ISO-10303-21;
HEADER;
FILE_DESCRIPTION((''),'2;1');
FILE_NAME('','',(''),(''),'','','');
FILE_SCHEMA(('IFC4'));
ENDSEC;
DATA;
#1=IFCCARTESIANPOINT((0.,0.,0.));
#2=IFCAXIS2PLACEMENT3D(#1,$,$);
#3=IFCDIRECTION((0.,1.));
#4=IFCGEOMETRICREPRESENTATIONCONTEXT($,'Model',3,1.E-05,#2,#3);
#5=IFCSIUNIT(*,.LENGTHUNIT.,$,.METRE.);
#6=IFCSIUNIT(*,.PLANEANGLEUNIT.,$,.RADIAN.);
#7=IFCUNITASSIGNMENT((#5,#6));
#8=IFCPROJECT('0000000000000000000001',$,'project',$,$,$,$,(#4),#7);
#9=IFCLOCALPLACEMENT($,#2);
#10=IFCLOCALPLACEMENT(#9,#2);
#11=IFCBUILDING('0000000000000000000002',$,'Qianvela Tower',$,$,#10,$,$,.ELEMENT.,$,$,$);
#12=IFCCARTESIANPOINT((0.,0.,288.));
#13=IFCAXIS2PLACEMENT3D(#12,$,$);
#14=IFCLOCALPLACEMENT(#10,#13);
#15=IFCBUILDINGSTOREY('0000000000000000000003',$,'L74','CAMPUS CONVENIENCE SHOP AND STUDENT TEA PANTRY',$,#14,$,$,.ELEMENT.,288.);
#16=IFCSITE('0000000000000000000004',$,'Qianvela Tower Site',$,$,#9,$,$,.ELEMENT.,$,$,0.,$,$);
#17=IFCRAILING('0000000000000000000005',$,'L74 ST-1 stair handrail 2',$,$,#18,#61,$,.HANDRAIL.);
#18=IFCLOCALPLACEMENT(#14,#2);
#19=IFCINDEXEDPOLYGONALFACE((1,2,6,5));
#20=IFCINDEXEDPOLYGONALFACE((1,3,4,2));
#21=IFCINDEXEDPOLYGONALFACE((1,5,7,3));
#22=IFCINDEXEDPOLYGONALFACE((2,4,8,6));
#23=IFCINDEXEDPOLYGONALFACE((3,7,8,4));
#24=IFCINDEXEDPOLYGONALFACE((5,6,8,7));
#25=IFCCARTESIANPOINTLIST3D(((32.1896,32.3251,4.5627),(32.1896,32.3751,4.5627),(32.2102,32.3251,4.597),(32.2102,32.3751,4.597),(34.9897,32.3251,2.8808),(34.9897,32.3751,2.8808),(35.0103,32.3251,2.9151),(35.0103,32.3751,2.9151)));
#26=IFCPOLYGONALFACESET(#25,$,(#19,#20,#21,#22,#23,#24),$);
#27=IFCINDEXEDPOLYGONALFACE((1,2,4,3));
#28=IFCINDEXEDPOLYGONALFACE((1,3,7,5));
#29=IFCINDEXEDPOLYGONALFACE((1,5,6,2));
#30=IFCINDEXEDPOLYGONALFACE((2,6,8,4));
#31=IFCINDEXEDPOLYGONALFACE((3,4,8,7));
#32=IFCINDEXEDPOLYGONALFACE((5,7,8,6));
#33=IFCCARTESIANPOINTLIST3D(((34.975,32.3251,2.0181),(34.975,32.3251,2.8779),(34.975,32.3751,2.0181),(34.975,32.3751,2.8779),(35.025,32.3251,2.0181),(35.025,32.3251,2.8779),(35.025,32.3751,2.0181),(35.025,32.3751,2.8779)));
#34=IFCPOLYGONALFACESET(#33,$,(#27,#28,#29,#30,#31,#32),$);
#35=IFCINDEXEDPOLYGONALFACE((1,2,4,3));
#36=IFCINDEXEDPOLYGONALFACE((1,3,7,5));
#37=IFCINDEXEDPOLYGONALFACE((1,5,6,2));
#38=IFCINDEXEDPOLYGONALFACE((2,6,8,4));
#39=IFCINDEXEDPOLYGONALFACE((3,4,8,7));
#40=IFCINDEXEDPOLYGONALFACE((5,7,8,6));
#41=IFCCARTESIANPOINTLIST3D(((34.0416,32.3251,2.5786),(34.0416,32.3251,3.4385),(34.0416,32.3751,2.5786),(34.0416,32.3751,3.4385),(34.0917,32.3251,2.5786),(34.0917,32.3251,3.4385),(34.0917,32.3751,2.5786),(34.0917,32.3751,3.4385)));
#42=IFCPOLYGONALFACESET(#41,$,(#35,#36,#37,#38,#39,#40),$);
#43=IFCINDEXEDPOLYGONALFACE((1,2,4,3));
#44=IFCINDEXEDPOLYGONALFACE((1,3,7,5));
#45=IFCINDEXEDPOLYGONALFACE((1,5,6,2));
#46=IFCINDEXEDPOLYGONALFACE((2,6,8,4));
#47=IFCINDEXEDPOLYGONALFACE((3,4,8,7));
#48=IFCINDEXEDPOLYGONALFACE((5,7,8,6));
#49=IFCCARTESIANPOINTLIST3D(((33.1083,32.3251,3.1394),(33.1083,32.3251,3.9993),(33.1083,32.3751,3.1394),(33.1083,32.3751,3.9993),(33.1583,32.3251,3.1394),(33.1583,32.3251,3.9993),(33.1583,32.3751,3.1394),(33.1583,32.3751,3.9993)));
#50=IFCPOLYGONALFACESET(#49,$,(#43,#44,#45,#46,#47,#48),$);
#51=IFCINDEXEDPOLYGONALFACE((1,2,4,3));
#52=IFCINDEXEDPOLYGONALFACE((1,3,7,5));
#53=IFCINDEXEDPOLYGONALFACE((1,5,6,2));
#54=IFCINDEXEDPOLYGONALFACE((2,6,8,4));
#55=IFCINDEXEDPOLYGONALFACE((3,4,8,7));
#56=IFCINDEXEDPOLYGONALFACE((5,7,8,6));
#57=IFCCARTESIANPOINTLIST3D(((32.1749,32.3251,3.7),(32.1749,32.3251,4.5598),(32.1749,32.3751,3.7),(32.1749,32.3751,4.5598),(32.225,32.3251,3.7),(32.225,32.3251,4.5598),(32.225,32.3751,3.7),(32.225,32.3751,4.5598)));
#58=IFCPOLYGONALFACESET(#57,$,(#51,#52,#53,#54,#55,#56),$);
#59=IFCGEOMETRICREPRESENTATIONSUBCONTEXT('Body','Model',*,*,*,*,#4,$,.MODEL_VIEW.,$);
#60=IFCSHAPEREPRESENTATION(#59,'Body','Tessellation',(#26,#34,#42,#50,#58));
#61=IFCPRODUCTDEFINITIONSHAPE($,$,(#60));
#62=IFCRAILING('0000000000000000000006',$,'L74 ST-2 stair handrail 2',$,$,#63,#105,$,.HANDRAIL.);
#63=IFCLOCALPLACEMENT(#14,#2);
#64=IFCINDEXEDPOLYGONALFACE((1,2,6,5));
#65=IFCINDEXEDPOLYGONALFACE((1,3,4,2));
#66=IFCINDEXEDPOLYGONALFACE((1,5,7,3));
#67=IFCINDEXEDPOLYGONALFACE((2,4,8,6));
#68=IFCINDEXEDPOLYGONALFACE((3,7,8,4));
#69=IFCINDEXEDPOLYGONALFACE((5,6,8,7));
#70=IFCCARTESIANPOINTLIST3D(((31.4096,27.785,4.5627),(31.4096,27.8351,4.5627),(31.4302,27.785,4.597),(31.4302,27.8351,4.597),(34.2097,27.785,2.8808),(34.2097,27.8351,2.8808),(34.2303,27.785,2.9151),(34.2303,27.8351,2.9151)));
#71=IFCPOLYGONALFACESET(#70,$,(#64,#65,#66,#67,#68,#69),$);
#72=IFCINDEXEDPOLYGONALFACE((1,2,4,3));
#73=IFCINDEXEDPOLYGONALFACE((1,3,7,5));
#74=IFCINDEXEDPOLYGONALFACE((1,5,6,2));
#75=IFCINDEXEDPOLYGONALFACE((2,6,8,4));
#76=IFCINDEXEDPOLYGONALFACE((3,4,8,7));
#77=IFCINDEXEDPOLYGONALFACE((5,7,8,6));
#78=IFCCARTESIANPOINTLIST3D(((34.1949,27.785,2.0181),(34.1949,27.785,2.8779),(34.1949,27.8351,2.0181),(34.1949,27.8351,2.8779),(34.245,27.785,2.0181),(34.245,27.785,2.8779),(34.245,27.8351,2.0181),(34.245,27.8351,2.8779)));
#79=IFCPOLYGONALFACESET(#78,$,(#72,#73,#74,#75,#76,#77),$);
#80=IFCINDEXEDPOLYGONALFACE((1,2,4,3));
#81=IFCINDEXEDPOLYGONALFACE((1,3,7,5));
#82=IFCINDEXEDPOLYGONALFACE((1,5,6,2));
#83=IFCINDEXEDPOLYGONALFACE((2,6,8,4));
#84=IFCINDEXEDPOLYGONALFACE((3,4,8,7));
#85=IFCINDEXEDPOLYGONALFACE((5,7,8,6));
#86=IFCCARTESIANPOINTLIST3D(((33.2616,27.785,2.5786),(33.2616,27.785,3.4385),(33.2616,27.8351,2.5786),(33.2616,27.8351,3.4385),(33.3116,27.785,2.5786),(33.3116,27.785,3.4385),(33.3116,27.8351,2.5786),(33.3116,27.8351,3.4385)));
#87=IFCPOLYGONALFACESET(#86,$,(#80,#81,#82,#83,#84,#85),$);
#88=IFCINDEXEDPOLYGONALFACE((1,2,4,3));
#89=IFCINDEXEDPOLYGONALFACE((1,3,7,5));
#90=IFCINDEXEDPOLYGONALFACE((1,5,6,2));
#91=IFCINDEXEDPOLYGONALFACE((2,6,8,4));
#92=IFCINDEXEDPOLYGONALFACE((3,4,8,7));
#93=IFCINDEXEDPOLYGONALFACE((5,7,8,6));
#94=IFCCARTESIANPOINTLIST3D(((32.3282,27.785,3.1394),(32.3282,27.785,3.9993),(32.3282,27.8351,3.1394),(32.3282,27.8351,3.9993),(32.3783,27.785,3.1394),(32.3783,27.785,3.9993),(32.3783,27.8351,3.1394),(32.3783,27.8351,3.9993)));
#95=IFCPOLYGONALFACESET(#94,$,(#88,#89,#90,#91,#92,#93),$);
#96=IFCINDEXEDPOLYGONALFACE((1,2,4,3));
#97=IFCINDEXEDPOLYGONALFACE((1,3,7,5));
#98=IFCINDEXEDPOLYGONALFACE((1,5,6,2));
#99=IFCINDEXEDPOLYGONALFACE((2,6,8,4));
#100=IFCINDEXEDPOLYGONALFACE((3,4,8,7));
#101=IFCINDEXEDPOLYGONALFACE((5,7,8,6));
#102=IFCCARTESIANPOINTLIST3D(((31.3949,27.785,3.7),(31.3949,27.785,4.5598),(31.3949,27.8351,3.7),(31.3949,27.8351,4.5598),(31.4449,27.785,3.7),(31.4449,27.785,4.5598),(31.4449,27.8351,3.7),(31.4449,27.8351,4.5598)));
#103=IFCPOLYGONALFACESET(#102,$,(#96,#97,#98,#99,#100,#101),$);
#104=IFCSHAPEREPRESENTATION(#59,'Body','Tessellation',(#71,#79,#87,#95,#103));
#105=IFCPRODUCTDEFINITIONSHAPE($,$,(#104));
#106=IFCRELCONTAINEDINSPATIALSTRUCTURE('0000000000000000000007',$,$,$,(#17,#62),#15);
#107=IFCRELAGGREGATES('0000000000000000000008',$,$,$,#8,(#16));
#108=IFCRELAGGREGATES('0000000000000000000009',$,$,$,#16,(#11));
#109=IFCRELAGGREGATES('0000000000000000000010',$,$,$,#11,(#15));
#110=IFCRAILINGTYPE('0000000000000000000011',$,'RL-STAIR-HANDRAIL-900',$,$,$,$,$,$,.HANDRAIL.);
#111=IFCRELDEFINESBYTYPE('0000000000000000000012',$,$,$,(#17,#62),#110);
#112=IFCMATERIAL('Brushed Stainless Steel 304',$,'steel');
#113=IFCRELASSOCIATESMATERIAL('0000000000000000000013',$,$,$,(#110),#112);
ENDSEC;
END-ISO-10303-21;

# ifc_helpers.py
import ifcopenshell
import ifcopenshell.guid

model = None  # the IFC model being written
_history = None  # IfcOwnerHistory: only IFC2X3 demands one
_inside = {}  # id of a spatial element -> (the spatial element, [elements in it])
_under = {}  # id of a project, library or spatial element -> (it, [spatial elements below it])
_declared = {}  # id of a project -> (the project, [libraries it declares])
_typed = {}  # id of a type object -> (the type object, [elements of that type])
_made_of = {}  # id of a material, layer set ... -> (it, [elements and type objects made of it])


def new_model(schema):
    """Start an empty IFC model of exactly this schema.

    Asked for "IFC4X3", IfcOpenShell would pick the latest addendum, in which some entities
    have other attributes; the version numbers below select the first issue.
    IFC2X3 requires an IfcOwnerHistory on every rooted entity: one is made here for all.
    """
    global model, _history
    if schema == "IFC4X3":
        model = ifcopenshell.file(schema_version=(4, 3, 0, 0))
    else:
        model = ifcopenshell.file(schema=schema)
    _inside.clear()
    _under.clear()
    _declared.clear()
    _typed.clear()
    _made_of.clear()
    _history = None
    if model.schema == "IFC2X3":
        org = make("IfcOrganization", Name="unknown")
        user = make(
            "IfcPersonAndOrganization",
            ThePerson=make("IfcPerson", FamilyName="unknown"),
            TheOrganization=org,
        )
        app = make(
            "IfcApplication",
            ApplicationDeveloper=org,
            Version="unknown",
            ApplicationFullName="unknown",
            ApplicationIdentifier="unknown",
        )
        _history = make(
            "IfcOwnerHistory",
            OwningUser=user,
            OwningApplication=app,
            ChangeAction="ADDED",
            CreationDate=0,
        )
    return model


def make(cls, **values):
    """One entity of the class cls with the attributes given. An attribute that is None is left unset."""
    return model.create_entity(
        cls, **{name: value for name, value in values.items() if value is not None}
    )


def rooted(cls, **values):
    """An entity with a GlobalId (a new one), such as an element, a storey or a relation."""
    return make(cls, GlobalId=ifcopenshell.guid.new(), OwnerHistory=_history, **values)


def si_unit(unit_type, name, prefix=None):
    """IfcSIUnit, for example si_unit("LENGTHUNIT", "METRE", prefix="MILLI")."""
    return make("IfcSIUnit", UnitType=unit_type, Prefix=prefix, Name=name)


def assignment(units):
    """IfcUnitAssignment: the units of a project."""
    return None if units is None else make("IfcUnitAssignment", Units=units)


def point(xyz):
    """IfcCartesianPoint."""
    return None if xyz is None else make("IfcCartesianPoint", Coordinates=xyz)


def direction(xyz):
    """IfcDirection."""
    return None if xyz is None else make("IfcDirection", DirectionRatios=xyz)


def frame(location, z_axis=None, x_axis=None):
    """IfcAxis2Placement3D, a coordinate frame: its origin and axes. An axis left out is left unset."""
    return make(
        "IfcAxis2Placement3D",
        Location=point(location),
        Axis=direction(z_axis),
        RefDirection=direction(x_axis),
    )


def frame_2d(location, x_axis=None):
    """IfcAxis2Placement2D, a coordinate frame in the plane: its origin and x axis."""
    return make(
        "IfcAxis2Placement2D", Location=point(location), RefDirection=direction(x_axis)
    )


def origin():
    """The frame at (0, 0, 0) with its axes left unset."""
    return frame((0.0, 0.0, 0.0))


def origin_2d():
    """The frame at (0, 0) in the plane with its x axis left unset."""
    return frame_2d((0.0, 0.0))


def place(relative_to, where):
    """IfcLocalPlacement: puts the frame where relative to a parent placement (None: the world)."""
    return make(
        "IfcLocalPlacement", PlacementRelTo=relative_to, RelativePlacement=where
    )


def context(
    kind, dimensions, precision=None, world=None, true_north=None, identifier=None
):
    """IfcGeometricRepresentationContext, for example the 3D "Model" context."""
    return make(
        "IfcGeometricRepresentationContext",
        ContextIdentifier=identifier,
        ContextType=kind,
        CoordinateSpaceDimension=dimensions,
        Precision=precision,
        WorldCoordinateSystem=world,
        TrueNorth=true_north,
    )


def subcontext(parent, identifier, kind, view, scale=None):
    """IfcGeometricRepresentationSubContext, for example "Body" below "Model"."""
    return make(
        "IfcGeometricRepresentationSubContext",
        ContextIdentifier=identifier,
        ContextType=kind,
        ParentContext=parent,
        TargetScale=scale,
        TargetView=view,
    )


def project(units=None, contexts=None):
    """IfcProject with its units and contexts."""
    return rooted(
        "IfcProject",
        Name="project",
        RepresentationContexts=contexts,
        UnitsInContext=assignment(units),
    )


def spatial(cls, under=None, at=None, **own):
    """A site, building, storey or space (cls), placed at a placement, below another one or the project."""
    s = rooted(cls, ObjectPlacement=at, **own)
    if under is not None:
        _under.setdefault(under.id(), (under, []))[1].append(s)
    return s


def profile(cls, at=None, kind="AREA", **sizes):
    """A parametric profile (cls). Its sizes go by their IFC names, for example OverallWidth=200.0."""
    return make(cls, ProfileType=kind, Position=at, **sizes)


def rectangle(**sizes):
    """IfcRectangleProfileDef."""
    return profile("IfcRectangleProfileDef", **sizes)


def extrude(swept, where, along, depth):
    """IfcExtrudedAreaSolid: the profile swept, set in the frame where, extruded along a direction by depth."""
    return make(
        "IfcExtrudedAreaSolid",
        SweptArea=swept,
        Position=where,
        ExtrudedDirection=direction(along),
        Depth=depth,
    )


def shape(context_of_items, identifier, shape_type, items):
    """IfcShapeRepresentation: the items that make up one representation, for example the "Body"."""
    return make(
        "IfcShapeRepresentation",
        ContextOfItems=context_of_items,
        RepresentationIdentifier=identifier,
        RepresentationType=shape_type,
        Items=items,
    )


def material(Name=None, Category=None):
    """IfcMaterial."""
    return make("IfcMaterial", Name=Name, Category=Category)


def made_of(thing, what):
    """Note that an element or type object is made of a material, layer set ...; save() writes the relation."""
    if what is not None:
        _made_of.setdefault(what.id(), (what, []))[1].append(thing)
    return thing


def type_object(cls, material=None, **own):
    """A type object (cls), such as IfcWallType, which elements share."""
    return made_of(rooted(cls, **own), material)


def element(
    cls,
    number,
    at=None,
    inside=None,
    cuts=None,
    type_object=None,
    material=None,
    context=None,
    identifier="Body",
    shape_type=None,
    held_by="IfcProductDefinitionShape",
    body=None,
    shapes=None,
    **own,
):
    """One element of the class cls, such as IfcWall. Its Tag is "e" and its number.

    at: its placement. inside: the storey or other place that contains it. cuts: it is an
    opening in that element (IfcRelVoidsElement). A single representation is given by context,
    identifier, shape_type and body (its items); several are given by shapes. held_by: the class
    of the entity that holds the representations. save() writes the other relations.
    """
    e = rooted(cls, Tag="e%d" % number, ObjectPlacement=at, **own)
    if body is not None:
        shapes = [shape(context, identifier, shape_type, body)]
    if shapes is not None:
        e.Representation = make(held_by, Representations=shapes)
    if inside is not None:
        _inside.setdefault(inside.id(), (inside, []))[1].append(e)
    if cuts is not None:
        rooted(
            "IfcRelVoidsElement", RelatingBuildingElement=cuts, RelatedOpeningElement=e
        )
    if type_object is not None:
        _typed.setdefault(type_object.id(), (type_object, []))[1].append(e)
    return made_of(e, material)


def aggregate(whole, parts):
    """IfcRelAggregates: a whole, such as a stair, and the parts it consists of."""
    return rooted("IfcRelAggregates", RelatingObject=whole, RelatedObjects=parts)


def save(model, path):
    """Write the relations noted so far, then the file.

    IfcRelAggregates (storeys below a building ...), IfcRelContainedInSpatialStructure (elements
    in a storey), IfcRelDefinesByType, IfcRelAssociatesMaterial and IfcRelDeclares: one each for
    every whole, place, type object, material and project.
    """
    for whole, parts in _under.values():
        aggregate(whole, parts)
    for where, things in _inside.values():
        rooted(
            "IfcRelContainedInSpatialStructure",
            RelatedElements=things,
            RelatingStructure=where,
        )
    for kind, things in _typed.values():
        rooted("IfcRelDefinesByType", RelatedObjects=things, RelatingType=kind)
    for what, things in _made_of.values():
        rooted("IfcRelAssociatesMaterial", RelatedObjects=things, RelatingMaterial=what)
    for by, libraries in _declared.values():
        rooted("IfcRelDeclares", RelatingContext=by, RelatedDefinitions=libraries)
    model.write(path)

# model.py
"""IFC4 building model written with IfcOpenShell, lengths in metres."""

from ifc_helpers import new_model, si_unit, direction, frame, origin, origin_2d, place, context, subcontext, project, spatial, rectangle, extrude, material, type_object, element, save


model = new_model("IFC4")

# Units and contexts
model_context = context("Model", 3, precision=1e-05, world=origin(), true_north=direction((0.0, 1.0)))
body_context = subcontext(model_context, "Body", "Model", "MODEL_VIEW")
ifc_project = project(units=[si_unit("LENGTHUNIT", "METRE"), si_unit("PLANEANGLEUNIT", "RADIAN")], contexts=[model_context])

# Site, building, storey
site_placement = place(None, origin())
site = spatial("IfcSite", under=ifc_project, at=site_placement, Name="Qianvela Tower Site", CompositionType="ELEMENT", RefElevation=0.0)
building_placement = place(site_placement, origin())
building = spatial("IfcBuilding", under=site, at=building_placement, Name="Qianvela Tower", CompositionType="ELEMENT")
storey_placement = place(building_placement, frame((0.0, 0.0, 288.0)))
storey = spatial("IfcBuildingStorey", under=building, at=storey_placement, Name="L74", Description="CAMPUS CONVENIENCE SHOP AND STUDENT TEA PANTRY", CompositionType="ELEMENT", Elevation=288.0)

# Railings
ifc_material_1 = material(Name="Brushed Stainless Steel 304", Category="steel")
railing_type_1 = type_object("IfcRailingType", Name="RL-STAIR-HANDRAIL-900", PredefinedType="HANDRAIL", material=ifc_material_1)
for number, where, name in (
    (1, (35.0, 32.3501, 2.0181), "L74 ST-1 stair handrail 2"),
    (2, (34.22, 27.8101, 2.0181), "L74 ST-2 stair handrail 2"),
):
    element("IfcRailing", number, at=place(storey_placement, frame(where)), inside=storey, type_object=railing_type_1, Name=name, PredefinedType="HANDRAIL", context=body_context, shape_type="SweptSolid", body=[
        extrude(rectangle(XDim=0.05, YDim=0.04, at=origin_2d()), frame((0.0, 0.0, 0.8799), z_axis=(-0.857242, 0.0, 0.514913), x_axis=(0.0, -1.0, 0.0)), (0.0, 0.0, 1.0), 3.2664),
        extrude(rectangle(XDim=0.05, YDim=0.05, at=origin_2d()), origin(), (0.0, 0.0, 1.0), 0.8599),
        extrude(rectangle(XDim=0.05, YDim=0.05, at=origin_2d()), frame((-0.9333, 0.0, 0.5605)), (0.0, 0.0, 1.0), 0.8599),
        extrude(rectangle(XDim=0.05, YDim=0.05, at=origin_2d()), frame((-1.8667, 0.0, 1.1213)), (0.0, 0.0, 1.0), 0.8599),
        extrude(rectangle(XDim=0.05, YDim=0.05, at=origin_2d()), frame((-2.8, 0.0, 1.6819)), (0.0, 0.0, 1.0), 0.8599),
    ])

save(model, "model.ifc")
